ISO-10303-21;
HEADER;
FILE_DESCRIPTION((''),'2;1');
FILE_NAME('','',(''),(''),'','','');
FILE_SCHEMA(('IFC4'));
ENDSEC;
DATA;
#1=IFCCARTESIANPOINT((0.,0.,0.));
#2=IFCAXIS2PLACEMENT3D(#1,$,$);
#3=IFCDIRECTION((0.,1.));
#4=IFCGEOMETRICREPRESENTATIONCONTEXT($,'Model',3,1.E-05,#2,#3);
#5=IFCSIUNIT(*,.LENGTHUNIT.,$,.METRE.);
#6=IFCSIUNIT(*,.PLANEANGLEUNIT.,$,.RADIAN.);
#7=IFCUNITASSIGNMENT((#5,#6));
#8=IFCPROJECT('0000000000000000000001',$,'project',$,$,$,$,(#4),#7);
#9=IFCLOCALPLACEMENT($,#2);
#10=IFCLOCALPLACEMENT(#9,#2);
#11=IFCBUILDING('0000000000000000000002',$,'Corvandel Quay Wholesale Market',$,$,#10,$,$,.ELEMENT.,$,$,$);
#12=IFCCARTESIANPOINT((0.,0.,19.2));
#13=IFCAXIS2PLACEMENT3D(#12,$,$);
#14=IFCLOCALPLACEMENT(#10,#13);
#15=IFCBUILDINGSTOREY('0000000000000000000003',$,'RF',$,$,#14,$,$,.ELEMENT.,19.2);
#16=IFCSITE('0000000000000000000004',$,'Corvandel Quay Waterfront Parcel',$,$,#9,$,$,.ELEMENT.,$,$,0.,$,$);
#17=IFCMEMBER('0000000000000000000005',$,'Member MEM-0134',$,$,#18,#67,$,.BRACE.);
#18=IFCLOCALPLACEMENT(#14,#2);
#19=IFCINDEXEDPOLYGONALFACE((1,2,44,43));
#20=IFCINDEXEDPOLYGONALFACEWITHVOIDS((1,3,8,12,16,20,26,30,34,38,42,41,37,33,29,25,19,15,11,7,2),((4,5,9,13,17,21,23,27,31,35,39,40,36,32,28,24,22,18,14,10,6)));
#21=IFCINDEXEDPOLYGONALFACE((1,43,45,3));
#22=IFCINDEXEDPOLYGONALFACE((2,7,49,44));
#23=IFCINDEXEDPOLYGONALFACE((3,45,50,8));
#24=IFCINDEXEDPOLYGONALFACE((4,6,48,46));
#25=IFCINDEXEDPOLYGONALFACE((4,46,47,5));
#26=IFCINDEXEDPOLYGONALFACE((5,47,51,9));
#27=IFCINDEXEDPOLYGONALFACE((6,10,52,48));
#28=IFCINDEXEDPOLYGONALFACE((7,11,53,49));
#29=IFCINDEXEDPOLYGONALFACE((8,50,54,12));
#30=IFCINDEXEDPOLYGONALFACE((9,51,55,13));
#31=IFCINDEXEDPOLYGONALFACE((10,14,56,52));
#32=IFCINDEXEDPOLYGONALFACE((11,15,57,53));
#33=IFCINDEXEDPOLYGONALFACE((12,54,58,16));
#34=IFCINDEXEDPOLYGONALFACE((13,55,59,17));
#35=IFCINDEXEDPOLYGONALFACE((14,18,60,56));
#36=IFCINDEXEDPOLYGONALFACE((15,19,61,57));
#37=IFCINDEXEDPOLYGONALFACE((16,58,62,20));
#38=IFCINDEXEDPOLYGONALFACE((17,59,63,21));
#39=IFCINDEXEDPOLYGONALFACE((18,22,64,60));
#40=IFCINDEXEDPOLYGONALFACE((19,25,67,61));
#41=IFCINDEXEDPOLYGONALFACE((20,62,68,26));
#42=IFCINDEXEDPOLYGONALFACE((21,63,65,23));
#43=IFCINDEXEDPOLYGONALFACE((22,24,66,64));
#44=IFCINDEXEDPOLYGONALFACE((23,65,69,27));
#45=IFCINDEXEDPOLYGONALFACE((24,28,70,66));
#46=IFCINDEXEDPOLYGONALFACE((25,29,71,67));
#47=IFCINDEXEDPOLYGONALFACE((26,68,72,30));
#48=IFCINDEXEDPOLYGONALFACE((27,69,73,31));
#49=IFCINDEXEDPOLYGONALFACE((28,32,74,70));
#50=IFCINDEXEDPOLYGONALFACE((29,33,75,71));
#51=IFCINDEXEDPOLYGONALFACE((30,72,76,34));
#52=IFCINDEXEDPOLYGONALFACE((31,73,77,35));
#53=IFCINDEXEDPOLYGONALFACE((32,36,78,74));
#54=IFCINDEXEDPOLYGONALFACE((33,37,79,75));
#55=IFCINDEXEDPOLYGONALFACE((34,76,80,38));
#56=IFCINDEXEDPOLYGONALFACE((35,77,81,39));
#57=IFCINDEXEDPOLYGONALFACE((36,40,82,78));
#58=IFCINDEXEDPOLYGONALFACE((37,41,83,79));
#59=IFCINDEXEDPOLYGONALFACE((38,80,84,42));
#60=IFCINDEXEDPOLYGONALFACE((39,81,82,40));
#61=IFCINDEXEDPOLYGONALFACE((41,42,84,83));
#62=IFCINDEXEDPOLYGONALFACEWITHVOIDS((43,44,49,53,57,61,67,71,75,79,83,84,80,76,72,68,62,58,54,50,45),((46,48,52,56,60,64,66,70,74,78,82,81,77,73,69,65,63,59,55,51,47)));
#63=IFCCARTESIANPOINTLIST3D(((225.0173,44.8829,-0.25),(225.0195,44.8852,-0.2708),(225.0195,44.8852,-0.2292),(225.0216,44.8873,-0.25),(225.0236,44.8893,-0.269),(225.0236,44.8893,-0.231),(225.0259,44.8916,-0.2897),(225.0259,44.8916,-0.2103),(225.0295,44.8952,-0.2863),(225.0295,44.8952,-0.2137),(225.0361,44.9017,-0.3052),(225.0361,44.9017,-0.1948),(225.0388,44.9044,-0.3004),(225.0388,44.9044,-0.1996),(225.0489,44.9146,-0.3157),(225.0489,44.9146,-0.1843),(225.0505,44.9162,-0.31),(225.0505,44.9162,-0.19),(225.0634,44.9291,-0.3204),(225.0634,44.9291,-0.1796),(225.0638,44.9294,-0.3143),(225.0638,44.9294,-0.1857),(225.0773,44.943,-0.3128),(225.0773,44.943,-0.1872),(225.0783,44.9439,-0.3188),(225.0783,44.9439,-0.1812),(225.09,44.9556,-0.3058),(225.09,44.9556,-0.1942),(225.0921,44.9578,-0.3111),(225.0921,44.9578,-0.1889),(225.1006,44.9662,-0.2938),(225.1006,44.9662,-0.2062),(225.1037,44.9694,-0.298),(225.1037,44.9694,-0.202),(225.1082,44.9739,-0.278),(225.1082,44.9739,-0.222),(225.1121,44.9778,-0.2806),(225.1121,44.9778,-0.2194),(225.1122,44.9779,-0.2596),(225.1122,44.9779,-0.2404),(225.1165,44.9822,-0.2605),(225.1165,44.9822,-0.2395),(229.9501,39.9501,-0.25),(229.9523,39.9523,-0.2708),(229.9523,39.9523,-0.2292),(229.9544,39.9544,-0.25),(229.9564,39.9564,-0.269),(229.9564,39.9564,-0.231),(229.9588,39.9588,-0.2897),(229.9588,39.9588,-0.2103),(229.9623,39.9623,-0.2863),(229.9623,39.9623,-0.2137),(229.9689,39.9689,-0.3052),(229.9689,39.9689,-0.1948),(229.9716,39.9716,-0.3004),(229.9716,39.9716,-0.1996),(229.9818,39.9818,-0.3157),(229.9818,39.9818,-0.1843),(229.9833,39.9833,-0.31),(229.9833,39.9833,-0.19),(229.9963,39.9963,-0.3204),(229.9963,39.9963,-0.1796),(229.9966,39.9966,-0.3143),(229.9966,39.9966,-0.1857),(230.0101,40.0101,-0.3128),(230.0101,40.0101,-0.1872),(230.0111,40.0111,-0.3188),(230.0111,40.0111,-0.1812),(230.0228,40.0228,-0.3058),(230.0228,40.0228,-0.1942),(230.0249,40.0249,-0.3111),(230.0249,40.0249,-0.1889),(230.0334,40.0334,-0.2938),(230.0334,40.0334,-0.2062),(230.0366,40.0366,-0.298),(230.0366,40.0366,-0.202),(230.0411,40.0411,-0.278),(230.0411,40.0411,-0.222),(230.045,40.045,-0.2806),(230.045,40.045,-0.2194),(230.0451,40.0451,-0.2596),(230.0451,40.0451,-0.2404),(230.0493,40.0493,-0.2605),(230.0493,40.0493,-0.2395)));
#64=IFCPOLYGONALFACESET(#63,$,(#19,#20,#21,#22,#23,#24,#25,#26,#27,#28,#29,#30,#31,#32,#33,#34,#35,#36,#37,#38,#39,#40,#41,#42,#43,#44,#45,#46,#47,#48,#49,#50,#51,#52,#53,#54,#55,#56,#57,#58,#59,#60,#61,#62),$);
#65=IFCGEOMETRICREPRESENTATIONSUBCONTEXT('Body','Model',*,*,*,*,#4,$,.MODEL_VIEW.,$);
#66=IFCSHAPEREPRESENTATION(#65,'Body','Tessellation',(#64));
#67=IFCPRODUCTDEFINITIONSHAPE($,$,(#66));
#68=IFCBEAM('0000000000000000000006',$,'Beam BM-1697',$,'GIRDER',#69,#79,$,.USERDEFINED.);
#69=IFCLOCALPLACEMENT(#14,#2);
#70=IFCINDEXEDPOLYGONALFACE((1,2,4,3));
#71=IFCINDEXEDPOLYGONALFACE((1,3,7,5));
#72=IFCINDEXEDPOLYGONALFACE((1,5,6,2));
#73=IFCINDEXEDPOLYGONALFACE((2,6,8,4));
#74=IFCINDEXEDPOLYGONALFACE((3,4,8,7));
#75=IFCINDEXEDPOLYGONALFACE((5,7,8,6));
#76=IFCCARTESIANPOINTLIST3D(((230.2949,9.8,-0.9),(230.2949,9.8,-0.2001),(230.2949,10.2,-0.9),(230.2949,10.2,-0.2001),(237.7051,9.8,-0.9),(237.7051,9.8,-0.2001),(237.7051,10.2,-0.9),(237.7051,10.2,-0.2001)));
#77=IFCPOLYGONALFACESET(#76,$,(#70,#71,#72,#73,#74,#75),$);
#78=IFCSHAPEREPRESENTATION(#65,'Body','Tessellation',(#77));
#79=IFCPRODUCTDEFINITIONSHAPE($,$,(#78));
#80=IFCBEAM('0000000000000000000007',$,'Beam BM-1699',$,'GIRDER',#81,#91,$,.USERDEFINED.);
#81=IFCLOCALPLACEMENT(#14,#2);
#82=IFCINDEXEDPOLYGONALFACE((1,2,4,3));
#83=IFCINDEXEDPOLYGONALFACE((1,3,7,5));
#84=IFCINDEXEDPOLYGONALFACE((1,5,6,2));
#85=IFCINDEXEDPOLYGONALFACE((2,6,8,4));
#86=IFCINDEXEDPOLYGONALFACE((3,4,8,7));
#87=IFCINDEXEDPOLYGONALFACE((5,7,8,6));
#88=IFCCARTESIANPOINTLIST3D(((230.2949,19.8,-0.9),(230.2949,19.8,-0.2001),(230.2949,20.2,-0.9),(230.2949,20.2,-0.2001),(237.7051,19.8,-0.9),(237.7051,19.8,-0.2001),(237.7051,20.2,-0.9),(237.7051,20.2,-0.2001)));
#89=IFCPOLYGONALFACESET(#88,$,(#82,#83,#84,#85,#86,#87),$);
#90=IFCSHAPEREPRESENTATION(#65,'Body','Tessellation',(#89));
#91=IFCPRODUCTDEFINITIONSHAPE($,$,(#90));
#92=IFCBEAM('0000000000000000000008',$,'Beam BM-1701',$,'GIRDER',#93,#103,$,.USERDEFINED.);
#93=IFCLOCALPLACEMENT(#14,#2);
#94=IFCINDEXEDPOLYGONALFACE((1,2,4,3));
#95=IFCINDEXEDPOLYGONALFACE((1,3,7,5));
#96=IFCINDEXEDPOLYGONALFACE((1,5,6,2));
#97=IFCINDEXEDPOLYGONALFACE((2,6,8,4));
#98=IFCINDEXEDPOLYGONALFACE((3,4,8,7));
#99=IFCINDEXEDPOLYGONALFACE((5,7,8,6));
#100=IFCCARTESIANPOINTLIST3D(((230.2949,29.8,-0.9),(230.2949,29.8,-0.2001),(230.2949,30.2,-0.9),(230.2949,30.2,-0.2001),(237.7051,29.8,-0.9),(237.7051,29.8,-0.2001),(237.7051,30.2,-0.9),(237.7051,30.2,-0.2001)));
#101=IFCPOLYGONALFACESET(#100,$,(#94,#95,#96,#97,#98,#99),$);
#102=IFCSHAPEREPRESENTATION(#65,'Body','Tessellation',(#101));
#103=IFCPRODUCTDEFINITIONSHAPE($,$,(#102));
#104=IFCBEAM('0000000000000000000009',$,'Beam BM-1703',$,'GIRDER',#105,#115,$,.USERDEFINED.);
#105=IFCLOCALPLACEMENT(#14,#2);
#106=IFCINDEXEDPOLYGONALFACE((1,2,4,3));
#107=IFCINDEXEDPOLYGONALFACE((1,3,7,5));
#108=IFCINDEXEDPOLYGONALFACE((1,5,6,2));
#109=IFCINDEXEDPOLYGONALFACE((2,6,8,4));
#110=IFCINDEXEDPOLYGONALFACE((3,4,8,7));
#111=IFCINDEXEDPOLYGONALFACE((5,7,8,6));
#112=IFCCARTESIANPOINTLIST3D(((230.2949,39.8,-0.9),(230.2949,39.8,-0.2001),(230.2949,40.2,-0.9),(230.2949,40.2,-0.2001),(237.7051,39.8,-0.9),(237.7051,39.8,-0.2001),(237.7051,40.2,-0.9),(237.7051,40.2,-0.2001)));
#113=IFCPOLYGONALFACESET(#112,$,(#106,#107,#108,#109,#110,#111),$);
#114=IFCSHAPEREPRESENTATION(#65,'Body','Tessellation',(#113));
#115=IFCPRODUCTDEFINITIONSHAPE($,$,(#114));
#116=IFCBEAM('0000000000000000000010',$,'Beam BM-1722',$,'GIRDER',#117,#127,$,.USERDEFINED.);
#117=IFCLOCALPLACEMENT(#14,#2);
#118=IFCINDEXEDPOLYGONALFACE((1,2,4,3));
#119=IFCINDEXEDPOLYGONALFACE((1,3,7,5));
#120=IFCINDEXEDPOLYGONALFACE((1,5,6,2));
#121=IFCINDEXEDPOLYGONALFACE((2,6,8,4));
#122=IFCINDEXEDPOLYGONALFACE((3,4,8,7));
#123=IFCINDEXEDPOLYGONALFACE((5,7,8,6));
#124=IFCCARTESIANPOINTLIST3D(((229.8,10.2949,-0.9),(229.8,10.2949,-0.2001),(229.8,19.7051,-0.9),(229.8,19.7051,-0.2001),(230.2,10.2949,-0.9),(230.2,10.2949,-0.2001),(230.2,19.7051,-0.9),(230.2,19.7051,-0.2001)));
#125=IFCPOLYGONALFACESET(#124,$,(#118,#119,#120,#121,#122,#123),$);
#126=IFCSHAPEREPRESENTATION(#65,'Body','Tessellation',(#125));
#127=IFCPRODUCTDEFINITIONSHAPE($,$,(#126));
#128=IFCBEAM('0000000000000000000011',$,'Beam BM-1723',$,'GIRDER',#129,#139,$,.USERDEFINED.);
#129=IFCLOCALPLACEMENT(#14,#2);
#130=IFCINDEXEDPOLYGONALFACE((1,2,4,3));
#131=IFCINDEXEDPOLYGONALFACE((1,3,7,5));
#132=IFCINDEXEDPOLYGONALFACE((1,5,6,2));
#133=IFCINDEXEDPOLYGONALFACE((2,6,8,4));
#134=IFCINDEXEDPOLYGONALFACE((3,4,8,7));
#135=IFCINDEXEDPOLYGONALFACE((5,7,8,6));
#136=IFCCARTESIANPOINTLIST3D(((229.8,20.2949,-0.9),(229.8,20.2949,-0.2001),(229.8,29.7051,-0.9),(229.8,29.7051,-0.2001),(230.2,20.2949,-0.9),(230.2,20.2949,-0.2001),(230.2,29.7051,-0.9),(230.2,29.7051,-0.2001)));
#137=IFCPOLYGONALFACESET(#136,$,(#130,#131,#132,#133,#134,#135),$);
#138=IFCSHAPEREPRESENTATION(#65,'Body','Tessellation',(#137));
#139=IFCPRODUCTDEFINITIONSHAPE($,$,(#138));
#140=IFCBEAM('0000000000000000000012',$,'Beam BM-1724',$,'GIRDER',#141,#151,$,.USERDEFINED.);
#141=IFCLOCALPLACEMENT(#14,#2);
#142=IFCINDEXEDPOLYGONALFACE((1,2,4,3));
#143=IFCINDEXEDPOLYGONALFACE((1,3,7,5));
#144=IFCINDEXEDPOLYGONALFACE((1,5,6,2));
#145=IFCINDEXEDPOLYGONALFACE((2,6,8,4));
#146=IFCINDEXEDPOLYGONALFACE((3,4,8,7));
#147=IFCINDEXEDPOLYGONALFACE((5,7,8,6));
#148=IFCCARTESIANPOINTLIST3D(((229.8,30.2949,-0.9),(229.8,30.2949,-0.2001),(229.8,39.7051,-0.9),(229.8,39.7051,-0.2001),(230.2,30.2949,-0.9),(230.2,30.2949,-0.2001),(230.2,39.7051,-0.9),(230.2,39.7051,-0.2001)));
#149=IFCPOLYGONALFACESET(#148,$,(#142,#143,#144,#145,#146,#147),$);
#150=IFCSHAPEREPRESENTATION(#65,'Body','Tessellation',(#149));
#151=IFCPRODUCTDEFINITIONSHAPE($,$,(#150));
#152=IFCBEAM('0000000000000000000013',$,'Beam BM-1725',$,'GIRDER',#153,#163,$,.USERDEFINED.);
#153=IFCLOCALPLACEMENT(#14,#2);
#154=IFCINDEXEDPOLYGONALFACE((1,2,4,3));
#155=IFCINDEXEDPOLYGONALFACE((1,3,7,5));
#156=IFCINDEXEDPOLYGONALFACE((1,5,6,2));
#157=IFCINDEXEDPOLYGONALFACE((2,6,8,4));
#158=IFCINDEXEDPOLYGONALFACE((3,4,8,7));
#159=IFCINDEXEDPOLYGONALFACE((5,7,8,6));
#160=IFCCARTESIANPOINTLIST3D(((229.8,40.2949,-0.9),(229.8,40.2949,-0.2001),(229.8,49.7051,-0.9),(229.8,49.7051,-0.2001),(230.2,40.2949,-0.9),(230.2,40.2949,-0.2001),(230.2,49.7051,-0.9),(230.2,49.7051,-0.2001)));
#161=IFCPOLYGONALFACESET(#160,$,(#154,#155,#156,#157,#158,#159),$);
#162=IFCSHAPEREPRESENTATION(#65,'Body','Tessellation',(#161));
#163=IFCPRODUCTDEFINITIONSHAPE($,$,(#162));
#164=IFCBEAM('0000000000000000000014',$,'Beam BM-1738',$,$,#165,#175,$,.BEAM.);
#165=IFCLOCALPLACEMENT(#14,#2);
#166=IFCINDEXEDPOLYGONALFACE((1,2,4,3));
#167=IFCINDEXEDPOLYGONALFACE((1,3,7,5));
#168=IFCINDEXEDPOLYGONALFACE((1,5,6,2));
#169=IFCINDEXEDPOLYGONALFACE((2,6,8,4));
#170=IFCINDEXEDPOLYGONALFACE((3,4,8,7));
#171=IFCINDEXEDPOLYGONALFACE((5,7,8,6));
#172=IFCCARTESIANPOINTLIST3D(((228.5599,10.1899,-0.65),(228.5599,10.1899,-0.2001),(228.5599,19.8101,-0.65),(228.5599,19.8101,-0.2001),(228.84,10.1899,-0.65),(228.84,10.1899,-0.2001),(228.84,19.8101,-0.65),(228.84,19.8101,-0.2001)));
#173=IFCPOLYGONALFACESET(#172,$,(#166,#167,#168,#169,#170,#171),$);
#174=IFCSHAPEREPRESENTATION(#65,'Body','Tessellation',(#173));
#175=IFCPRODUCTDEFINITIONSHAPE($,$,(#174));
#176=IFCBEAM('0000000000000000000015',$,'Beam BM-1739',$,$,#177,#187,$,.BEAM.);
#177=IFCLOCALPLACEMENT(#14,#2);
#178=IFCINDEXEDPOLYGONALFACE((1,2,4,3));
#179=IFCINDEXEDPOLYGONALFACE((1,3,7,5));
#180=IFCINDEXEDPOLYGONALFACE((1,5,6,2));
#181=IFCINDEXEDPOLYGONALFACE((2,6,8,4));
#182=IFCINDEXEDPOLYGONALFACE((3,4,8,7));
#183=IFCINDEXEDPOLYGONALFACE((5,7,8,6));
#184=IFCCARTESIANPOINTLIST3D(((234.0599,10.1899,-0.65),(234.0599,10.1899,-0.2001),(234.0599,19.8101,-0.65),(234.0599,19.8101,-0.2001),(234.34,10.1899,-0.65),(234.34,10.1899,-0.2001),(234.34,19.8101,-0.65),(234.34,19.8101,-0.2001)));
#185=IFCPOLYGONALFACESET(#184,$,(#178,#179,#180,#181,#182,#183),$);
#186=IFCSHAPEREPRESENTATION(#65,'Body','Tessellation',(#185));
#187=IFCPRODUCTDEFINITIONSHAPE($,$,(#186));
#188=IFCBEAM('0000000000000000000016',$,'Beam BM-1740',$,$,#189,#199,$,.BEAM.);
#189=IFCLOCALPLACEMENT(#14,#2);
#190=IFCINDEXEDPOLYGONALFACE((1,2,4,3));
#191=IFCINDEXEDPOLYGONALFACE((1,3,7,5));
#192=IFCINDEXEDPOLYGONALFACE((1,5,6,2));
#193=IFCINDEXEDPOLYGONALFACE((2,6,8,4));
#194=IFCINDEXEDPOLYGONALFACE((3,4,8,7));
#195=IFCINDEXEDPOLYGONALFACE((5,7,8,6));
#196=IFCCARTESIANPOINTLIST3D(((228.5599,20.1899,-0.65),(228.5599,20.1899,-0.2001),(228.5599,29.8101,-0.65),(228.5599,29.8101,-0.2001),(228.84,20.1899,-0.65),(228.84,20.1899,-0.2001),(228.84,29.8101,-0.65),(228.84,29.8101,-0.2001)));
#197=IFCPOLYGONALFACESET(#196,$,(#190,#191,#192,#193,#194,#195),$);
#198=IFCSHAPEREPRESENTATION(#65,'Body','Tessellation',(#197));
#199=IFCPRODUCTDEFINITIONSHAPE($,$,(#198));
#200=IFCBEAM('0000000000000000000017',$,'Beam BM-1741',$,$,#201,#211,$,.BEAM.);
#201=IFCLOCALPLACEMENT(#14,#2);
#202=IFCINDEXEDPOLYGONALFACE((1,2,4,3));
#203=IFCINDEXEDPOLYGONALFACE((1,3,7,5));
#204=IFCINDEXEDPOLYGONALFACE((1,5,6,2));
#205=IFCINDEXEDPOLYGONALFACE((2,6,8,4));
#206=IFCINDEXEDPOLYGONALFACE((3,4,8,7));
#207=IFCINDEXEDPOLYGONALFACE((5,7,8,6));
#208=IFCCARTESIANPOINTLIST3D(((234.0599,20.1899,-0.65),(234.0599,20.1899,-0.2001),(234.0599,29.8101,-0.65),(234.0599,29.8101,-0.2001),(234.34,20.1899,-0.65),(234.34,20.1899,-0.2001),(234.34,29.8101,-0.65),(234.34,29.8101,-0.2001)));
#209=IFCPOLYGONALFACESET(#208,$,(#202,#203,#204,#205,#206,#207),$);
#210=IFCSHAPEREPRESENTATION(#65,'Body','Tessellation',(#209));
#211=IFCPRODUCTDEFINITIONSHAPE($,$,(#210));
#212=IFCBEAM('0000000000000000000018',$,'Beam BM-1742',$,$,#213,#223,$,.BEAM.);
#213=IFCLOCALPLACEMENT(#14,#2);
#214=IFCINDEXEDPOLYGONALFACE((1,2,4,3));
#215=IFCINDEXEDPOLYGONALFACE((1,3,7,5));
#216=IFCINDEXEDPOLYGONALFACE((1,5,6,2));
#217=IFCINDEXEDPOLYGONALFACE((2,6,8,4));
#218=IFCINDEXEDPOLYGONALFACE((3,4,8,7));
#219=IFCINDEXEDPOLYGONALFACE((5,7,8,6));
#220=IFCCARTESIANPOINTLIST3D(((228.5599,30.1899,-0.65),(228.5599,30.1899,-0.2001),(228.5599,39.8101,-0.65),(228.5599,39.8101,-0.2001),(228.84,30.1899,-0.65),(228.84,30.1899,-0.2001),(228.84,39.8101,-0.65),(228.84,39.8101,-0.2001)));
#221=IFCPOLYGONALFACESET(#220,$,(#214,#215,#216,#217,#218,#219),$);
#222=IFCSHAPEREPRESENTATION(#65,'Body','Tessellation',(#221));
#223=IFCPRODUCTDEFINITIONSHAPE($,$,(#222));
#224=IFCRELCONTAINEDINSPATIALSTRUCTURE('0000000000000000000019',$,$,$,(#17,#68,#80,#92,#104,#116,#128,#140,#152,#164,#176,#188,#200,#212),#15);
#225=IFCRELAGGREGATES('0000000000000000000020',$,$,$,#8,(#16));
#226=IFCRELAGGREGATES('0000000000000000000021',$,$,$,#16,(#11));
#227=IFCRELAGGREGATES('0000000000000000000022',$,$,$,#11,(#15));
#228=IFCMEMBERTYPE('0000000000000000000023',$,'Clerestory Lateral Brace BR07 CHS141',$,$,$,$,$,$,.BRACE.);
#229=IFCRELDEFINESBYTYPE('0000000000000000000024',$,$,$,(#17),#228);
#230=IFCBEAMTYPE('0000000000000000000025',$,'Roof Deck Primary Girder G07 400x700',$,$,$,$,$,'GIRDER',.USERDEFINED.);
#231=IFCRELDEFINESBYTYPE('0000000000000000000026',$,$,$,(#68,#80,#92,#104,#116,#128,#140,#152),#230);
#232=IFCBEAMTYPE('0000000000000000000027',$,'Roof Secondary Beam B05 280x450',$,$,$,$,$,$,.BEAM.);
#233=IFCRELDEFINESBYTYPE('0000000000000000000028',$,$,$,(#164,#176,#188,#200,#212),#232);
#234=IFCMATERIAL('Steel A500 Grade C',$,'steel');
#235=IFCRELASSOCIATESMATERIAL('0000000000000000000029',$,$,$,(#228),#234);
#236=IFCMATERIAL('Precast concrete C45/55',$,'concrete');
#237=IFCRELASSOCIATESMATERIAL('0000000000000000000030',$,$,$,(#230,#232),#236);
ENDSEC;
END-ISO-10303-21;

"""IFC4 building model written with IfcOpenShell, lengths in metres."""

from ifc_helpers import new_model, si_unit, direction, frame, origin, origin_2d, place, context, subcontext, project, spatial, rectangle, hollow_circle, extrude, material, material_profile, profile_set, type_object, element, save


model = new_model("IFC4")

# Units and contexts
model_context = context("Model", 3, precision=1e-05, world=origin(), true_north=direction((0.0, 1.0)))
body_context = subcontext(model_context, "Body", "Model", "MODEL_VIEW")
ifc_project = project(units=[si_unit("LENGTHUNIT", "METRE"), si_unit("PLANEANGLEUNIT", "RADIAN")], contexts=[model_context])

# Site, building, storey
site_placement = place(None, origin())
site = spatial("IfcSite", under=ifc_project, at=site_placement, Name="Corvandel Quay Waterfront Parcel", CompositionType="ELEMENT", RefElevation=0.0)
building_placement = place(site_placement, origin())
building = spatial("IfcBuilding", under=site, at=building_placement, Name="Corvandel Quay Wholesale Market", CompositionType="ELEMENT")
storey_placement = place(building_placement, frame((0.0, 0.0, 19.2)))
storey = spatial("IfcBuildingStorey", under=building, at=storey_placement, Name="RF", CompositionType="ELEMENT", Elevation=19.2)

# Member
ifc_material_1 = material(Name="Steel A500 Grade C", Category="steel")
ifc_material_profile_1 = material_profile(ifc_material_1, hollow_circle(Radius=0.0706, WallThickness=0.0061, at=origin_2d()), Name="HSS5.563X0.258")
ifc_profile_set_1 = profile_set([ifc_material_profile_1], Name="Steel A500 Grade C")
member_type = type_object("IfcMemberType", Name="Clerestory Lateral Brace BR07 CHS141", PredefinedType="BRACE", material=ifc_profile_set_1)
member_placement = place(storey_placement, frame((230.0, 40.0, -0.25), z_axis=(-0.707107, 0.707107, 0.0), x_axis=(-0.707107, -0.707107, 0.0)))
element("IfcMember", 1, at=member_placement, inside=storey, type_object=member_type, Name="Member MEM-0134", PredefinedType="BRACE", context=body_context, shape_type="SweptSolid", body=[
    extrude(hollow_circle(Radius=0.0706, WallThickness=0.0061, at=origin_2d()), origin(), (0.0, 0.0, 1.0), 6.9761),
])

# Beams
ifc_material_2 = material(Name="Precast concrete C45/55", Category="concrete")
ifc_material_profile_2 = material_profile(ifc_material_2, rectangle(XDim=0.3999, YDim=0.7, at=origin_2d()), Name="PC-GIR-400x700")
ifc_profile_set_2 = profile_set([ifc_material_profile_2], Name="Precast concrete C45/55")
beam_type_1 = type_object("IfcBeamType", Name="Roof Deck Primary Girder G07 400x700", ElementType="GIRDER", PredefinedType="USERDEFINED", material=ifc_profile_set_2)
for number, where, z_axis, x_axis, name in (
    (2, (230.2949, 10.0, -0.55), (1.0, 0.0, 0.0), (0.0, 1.0, 0.0), "Beam BM-1697"),
    (3, (230.2949, 20.0, -0.55), (1.0, 0.0, 0.0), (0.0, 1.0, 0.0), "Beam BM-1699"),
    (4, (230.2949, 30.0, -0.55), (1.0, 0.0, 0.0), (0.0, 1.0, 0.0), "Beam BM-1701"),
    (5, (230.2949, 40.0, -0.55), (1.0, 0.0, 0.0), (0.0, 1.0, 0.0), "Beam BM-1703"),
):
    element("IfcBeam", number, at=place(storey_placement, frame(where, z_axis=z_axis, x_axis=x_axis)), inside=storey, type_object=beam_type_1, Name=name, ObjectType="GIRDER", PredefinedType="USERDEFINED", context=body_context, shape_type="SweptSolid", body=[
        extrude(rectangle(XDim=0.3999, YDim=0.7, at=origin_2d()), origin(), (0.0, 0.0, 1.0), 7.4102),
    ])
for number, where, z_axis, x_axis, name in (
    (6, (230.0, 10.2949, -0.55), (0.0, 1.0, 0.0), (-1.0, 0.0, 0.0), "Beam BM-1722"),
    (7, (230.0, 20.2949, -0.55), (0.0, 1.0, 0.0), (-1.0, 0.0, 0.0), "Beam BM-1723"),
    (8, (230.0, 30.2949, -0.55), (0.0, 1.0, 0.0), (-1.0, 0.0, 0.0), "Beam BM-1724"),
    (9, (230.0, 40.2949, -0.55), (0.0, 1.0, 0.0), (-1.0, 0.0, 0.0), "Beam BM-1725"),
):
    element("IfcBeam", number, at=place(storey_placement, frame(where, z_axis=z_axis, x_axis=x_axis)), inside=storey, type_object=beam_type_1, Name=name, ObjectType="GIRDER", PredefinedType="USERDEFINED", context=body_context, shape_type="SweptSolid", body=[
        extrude(rectangle(XDim=0.3999, YDim=0.7, at=origin_2d()), origin(), (0.0, 0.0, 1.0), 9.4102),
    ])
ifc_material_profile_3 = material_profile(ifc_material_2, rectangle(XDim=0.28, YDim=0.45, at=origin_2d()), Name="PC-BM-280x450")
ifc_profile_set_3 = profile_set([ifc_material_profile_3], Name="Precast concrete C45/55")
beam_type_2 = type_object("IfcBeamType", Name="Roof Secondary Beam B05 280x450", PredefinedType="BEAM", material=ifc_profile_set_3)
for number, where, z_axis, x_axis, name in (
    (10, (228.7, 10.1899, -0.425), (0.0, 1.0, 0.0), (-1.0, 0.0, 0.0), "Beam BM-1738"),
    (11, (234.2, 10.1899, -0.425), (0.0, 1.0, 0.0), (-1.0, 0.0, 0.0), "Beam BM-1739"),
    (12, (228.7, 20.1899, -0.425), (0.0, 1.0, 0.0), (-1.0, 0.0, 0.0), "Beam BM-1740"),
    (13, (234.2, 20.1899, -0.425), (0.0, 1.0, 0.0), (-1.0, 0.0, 0.0), "Beam BM-1741"),
    (14, (228.7, 30.1899, -0.425), (0.0, 1.0, 0.0), (-1.0, 0.0, 0.0), "Beam BM-1742"),
):
    element("IfcBeam", number, at=place(storey_placement, frame(where, z_axis=z_axis, x_axis=x_axis)), inside=storey, type_object=beam_type_2, Name=name, PredefinedType="BEAM", context=body_context, shape_type="SweptSolid", body=[
        extrude(rectangle(XDim=0.28, YDim=0.45, at=origin_2d()), origin(), (0.0, 0.0, 1.0), 9.6201),
    ])

save(model, "model.ifc")
